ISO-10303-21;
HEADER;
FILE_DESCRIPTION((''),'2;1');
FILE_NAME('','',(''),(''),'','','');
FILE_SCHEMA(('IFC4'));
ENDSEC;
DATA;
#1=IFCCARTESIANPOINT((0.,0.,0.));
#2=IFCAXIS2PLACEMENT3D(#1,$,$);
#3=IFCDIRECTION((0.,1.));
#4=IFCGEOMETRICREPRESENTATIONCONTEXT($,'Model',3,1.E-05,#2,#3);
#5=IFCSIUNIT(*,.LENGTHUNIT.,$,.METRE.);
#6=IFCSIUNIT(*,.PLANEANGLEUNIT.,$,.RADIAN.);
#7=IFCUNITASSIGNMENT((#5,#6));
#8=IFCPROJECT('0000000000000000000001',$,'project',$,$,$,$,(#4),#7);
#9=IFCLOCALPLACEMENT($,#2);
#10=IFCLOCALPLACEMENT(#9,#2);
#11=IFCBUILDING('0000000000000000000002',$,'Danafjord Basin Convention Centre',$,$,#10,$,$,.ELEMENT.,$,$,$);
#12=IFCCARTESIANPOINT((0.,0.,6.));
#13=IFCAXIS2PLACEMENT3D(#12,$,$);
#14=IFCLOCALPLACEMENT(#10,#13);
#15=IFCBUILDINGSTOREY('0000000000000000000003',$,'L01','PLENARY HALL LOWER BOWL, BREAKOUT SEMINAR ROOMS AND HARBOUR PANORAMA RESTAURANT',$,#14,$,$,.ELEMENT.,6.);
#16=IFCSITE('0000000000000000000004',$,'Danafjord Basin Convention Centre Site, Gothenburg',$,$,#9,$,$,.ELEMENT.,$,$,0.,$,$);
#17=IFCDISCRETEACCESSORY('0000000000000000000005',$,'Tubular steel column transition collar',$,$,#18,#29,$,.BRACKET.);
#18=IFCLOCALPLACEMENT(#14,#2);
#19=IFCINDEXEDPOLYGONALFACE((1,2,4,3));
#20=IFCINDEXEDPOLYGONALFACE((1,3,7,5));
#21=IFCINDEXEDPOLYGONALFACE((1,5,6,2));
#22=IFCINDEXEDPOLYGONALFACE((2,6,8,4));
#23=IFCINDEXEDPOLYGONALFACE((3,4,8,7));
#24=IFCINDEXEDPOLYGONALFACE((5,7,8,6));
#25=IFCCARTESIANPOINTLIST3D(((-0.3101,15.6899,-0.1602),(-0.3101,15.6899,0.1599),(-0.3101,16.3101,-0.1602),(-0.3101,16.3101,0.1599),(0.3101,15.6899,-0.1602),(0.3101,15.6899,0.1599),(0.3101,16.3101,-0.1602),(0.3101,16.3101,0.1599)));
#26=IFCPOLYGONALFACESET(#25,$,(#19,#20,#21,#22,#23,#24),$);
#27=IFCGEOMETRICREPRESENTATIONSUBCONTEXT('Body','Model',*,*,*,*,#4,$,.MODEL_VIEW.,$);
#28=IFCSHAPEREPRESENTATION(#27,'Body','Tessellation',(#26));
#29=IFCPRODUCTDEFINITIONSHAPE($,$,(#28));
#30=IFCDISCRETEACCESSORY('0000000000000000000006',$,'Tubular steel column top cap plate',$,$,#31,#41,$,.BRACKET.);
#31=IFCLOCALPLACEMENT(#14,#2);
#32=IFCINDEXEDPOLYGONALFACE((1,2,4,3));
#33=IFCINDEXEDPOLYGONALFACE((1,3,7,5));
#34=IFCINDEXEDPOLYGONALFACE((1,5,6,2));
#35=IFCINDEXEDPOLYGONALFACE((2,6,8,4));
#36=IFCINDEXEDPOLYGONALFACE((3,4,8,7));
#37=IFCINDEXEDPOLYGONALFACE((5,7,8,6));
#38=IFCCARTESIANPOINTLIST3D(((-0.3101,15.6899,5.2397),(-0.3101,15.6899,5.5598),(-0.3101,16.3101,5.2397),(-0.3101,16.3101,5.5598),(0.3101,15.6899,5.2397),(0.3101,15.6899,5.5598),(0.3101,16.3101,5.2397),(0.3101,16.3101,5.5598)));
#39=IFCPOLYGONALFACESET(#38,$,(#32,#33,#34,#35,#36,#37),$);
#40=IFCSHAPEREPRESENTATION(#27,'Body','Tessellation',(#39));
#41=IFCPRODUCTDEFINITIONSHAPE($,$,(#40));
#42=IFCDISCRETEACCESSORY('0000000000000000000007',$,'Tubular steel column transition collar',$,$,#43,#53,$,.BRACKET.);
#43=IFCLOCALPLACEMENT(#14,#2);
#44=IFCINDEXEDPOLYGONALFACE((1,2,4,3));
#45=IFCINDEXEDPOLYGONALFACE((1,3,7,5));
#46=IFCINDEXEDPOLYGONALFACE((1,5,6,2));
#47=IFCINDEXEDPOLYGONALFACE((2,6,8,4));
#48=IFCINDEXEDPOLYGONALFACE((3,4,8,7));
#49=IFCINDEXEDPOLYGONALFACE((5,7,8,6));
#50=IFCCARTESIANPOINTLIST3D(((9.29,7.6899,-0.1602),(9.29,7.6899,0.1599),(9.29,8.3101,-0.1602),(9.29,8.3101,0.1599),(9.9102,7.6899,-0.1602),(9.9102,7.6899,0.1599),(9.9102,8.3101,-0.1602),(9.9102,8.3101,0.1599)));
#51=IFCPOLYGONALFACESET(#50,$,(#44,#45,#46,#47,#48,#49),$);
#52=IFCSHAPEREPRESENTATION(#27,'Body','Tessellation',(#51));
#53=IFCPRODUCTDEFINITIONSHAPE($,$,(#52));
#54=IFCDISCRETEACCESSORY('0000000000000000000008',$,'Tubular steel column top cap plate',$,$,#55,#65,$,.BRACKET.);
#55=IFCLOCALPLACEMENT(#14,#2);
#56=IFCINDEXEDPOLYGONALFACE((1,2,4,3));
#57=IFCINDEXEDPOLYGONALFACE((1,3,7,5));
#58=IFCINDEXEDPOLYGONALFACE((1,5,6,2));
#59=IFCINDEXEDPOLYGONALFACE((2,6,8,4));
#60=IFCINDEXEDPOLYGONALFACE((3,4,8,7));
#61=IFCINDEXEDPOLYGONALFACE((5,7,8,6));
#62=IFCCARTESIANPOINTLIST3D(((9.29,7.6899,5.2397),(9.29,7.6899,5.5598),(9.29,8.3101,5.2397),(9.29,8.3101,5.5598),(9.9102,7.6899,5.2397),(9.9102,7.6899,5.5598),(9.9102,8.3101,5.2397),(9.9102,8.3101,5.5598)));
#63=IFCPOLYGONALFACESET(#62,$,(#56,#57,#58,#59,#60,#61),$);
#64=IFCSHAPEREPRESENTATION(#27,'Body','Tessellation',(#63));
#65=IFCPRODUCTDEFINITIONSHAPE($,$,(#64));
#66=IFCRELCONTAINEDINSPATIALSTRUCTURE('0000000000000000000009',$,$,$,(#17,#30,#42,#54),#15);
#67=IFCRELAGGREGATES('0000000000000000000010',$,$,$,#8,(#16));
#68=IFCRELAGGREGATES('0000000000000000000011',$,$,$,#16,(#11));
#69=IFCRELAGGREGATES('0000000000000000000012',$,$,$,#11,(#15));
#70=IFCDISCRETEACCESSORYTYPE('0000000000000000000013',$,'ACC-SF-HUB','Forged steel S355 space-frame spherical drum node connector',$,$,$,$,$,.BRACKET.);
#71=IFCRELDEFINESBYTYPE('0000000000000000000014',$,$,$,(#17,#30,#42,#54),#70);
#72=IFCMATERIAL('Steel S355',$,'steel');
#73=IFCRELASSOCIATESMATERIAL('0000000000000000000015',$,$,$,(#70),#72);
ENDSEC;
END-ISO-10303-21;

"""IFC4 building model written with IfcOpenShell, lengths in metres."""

from ifc_helpers import new_model, si_unit, direction, frame, origin, origin_2d, place, context, subcontext, project, spatial, rectangle, extrude, material, type_object, element, save


model = new_model("IFC4")

# Units and contexts
model_context = context("Model", 3, precision=1e-05, world=origin(), true_north=direction((0.0, 1.0)))
body_context = subcontext(model_context, "Body", "Model", "MODEL_VIEW")
ifc_project = project(units=[si_unit("LENGTHUNIT", "METRE"), si_unit("PLANEANGLEUNIT", "RADIAN")], contexts=[model_context])

# Site, building, storey
site_placement = place(None, origin())
site = spatial("IfcSite", under=ifc_project, at=site_placement, Name="Danafjord Basin Convention Centre Site, Gothenburg", CompositionType="ELEMENT", RefElevation=0.0)
building_placement = place(site_placement, origin())
building = spatial("IfcBuilding", under=site, at=building_placement, Name="Danafjord Basin Convention Centre", CompositionType="ELEMENT")
storey_placement = place(building_placement, frame((0.0, 0.0, 6.0)))
storey = spatial("IfcBuildingStorey", under=building, at=storey_placement, Name="L01", Description="PLENARY HALL LOWER BOWL, BREAKOUT SEMINAR ROOMS AND HARBOUR PANORAMA RESTAURANT", CompositionType="ELEMENT", Elevation=6.0)

# Shared definitions
ifc_material_1 = material(Name="Steel S355", Category="steel")

# Discrete accessories
discrete_accessory_type = type_object("IfcDiscreteAccessoryType", Name="ACC-SF-HUB", Description="Forged steel S355 space-frame spherical drum node connector", PredefinedType="BRACKET", material=ifc_material_1)
for number, where, z_axis, x_axis, name in (
    (1, (0.0, 16.0, -0.1602), (0.0, 0.0, 1.0), (1.0, 0.0, 0.0), "Tubular steel column transition collar"),
    (2, (0.0, 16.0, 5.2397), (0.0, 0.0, 1.0), (1.0, 0.0, 0.0), "Tubular steel column top cap plate"),
    (3, (9.6001, 8.0, -0.1602), (0.0, 0.0, 1.0), (1.0, 0.0, 0.0), "Tubular steel column transition collar"),
    (4, (9.6001, 8.0, 5.2397), (0.0, 0.0, 1.0), (1.0, 0.0, 0.0), "Tubular steel column top cap plate"),
):
    element("IfcDiscreteAccessory", number, at=place(storey_placement, frame(where, z_axis=z_axis, x_axis=x_axis)), inside=storey, type_object=discrete_accessory_type, Name=name, PredefinedType="BRACKET", context=body_context, shape_type="SweptSolid", body=[
        extrude(rectangle(XDim=0.6201, YDim=0.6201, at=origin_2d()), origin(), (0.0, 0.0, 1.0), 0.3201),
    ])

save(model, "model.ifc")
